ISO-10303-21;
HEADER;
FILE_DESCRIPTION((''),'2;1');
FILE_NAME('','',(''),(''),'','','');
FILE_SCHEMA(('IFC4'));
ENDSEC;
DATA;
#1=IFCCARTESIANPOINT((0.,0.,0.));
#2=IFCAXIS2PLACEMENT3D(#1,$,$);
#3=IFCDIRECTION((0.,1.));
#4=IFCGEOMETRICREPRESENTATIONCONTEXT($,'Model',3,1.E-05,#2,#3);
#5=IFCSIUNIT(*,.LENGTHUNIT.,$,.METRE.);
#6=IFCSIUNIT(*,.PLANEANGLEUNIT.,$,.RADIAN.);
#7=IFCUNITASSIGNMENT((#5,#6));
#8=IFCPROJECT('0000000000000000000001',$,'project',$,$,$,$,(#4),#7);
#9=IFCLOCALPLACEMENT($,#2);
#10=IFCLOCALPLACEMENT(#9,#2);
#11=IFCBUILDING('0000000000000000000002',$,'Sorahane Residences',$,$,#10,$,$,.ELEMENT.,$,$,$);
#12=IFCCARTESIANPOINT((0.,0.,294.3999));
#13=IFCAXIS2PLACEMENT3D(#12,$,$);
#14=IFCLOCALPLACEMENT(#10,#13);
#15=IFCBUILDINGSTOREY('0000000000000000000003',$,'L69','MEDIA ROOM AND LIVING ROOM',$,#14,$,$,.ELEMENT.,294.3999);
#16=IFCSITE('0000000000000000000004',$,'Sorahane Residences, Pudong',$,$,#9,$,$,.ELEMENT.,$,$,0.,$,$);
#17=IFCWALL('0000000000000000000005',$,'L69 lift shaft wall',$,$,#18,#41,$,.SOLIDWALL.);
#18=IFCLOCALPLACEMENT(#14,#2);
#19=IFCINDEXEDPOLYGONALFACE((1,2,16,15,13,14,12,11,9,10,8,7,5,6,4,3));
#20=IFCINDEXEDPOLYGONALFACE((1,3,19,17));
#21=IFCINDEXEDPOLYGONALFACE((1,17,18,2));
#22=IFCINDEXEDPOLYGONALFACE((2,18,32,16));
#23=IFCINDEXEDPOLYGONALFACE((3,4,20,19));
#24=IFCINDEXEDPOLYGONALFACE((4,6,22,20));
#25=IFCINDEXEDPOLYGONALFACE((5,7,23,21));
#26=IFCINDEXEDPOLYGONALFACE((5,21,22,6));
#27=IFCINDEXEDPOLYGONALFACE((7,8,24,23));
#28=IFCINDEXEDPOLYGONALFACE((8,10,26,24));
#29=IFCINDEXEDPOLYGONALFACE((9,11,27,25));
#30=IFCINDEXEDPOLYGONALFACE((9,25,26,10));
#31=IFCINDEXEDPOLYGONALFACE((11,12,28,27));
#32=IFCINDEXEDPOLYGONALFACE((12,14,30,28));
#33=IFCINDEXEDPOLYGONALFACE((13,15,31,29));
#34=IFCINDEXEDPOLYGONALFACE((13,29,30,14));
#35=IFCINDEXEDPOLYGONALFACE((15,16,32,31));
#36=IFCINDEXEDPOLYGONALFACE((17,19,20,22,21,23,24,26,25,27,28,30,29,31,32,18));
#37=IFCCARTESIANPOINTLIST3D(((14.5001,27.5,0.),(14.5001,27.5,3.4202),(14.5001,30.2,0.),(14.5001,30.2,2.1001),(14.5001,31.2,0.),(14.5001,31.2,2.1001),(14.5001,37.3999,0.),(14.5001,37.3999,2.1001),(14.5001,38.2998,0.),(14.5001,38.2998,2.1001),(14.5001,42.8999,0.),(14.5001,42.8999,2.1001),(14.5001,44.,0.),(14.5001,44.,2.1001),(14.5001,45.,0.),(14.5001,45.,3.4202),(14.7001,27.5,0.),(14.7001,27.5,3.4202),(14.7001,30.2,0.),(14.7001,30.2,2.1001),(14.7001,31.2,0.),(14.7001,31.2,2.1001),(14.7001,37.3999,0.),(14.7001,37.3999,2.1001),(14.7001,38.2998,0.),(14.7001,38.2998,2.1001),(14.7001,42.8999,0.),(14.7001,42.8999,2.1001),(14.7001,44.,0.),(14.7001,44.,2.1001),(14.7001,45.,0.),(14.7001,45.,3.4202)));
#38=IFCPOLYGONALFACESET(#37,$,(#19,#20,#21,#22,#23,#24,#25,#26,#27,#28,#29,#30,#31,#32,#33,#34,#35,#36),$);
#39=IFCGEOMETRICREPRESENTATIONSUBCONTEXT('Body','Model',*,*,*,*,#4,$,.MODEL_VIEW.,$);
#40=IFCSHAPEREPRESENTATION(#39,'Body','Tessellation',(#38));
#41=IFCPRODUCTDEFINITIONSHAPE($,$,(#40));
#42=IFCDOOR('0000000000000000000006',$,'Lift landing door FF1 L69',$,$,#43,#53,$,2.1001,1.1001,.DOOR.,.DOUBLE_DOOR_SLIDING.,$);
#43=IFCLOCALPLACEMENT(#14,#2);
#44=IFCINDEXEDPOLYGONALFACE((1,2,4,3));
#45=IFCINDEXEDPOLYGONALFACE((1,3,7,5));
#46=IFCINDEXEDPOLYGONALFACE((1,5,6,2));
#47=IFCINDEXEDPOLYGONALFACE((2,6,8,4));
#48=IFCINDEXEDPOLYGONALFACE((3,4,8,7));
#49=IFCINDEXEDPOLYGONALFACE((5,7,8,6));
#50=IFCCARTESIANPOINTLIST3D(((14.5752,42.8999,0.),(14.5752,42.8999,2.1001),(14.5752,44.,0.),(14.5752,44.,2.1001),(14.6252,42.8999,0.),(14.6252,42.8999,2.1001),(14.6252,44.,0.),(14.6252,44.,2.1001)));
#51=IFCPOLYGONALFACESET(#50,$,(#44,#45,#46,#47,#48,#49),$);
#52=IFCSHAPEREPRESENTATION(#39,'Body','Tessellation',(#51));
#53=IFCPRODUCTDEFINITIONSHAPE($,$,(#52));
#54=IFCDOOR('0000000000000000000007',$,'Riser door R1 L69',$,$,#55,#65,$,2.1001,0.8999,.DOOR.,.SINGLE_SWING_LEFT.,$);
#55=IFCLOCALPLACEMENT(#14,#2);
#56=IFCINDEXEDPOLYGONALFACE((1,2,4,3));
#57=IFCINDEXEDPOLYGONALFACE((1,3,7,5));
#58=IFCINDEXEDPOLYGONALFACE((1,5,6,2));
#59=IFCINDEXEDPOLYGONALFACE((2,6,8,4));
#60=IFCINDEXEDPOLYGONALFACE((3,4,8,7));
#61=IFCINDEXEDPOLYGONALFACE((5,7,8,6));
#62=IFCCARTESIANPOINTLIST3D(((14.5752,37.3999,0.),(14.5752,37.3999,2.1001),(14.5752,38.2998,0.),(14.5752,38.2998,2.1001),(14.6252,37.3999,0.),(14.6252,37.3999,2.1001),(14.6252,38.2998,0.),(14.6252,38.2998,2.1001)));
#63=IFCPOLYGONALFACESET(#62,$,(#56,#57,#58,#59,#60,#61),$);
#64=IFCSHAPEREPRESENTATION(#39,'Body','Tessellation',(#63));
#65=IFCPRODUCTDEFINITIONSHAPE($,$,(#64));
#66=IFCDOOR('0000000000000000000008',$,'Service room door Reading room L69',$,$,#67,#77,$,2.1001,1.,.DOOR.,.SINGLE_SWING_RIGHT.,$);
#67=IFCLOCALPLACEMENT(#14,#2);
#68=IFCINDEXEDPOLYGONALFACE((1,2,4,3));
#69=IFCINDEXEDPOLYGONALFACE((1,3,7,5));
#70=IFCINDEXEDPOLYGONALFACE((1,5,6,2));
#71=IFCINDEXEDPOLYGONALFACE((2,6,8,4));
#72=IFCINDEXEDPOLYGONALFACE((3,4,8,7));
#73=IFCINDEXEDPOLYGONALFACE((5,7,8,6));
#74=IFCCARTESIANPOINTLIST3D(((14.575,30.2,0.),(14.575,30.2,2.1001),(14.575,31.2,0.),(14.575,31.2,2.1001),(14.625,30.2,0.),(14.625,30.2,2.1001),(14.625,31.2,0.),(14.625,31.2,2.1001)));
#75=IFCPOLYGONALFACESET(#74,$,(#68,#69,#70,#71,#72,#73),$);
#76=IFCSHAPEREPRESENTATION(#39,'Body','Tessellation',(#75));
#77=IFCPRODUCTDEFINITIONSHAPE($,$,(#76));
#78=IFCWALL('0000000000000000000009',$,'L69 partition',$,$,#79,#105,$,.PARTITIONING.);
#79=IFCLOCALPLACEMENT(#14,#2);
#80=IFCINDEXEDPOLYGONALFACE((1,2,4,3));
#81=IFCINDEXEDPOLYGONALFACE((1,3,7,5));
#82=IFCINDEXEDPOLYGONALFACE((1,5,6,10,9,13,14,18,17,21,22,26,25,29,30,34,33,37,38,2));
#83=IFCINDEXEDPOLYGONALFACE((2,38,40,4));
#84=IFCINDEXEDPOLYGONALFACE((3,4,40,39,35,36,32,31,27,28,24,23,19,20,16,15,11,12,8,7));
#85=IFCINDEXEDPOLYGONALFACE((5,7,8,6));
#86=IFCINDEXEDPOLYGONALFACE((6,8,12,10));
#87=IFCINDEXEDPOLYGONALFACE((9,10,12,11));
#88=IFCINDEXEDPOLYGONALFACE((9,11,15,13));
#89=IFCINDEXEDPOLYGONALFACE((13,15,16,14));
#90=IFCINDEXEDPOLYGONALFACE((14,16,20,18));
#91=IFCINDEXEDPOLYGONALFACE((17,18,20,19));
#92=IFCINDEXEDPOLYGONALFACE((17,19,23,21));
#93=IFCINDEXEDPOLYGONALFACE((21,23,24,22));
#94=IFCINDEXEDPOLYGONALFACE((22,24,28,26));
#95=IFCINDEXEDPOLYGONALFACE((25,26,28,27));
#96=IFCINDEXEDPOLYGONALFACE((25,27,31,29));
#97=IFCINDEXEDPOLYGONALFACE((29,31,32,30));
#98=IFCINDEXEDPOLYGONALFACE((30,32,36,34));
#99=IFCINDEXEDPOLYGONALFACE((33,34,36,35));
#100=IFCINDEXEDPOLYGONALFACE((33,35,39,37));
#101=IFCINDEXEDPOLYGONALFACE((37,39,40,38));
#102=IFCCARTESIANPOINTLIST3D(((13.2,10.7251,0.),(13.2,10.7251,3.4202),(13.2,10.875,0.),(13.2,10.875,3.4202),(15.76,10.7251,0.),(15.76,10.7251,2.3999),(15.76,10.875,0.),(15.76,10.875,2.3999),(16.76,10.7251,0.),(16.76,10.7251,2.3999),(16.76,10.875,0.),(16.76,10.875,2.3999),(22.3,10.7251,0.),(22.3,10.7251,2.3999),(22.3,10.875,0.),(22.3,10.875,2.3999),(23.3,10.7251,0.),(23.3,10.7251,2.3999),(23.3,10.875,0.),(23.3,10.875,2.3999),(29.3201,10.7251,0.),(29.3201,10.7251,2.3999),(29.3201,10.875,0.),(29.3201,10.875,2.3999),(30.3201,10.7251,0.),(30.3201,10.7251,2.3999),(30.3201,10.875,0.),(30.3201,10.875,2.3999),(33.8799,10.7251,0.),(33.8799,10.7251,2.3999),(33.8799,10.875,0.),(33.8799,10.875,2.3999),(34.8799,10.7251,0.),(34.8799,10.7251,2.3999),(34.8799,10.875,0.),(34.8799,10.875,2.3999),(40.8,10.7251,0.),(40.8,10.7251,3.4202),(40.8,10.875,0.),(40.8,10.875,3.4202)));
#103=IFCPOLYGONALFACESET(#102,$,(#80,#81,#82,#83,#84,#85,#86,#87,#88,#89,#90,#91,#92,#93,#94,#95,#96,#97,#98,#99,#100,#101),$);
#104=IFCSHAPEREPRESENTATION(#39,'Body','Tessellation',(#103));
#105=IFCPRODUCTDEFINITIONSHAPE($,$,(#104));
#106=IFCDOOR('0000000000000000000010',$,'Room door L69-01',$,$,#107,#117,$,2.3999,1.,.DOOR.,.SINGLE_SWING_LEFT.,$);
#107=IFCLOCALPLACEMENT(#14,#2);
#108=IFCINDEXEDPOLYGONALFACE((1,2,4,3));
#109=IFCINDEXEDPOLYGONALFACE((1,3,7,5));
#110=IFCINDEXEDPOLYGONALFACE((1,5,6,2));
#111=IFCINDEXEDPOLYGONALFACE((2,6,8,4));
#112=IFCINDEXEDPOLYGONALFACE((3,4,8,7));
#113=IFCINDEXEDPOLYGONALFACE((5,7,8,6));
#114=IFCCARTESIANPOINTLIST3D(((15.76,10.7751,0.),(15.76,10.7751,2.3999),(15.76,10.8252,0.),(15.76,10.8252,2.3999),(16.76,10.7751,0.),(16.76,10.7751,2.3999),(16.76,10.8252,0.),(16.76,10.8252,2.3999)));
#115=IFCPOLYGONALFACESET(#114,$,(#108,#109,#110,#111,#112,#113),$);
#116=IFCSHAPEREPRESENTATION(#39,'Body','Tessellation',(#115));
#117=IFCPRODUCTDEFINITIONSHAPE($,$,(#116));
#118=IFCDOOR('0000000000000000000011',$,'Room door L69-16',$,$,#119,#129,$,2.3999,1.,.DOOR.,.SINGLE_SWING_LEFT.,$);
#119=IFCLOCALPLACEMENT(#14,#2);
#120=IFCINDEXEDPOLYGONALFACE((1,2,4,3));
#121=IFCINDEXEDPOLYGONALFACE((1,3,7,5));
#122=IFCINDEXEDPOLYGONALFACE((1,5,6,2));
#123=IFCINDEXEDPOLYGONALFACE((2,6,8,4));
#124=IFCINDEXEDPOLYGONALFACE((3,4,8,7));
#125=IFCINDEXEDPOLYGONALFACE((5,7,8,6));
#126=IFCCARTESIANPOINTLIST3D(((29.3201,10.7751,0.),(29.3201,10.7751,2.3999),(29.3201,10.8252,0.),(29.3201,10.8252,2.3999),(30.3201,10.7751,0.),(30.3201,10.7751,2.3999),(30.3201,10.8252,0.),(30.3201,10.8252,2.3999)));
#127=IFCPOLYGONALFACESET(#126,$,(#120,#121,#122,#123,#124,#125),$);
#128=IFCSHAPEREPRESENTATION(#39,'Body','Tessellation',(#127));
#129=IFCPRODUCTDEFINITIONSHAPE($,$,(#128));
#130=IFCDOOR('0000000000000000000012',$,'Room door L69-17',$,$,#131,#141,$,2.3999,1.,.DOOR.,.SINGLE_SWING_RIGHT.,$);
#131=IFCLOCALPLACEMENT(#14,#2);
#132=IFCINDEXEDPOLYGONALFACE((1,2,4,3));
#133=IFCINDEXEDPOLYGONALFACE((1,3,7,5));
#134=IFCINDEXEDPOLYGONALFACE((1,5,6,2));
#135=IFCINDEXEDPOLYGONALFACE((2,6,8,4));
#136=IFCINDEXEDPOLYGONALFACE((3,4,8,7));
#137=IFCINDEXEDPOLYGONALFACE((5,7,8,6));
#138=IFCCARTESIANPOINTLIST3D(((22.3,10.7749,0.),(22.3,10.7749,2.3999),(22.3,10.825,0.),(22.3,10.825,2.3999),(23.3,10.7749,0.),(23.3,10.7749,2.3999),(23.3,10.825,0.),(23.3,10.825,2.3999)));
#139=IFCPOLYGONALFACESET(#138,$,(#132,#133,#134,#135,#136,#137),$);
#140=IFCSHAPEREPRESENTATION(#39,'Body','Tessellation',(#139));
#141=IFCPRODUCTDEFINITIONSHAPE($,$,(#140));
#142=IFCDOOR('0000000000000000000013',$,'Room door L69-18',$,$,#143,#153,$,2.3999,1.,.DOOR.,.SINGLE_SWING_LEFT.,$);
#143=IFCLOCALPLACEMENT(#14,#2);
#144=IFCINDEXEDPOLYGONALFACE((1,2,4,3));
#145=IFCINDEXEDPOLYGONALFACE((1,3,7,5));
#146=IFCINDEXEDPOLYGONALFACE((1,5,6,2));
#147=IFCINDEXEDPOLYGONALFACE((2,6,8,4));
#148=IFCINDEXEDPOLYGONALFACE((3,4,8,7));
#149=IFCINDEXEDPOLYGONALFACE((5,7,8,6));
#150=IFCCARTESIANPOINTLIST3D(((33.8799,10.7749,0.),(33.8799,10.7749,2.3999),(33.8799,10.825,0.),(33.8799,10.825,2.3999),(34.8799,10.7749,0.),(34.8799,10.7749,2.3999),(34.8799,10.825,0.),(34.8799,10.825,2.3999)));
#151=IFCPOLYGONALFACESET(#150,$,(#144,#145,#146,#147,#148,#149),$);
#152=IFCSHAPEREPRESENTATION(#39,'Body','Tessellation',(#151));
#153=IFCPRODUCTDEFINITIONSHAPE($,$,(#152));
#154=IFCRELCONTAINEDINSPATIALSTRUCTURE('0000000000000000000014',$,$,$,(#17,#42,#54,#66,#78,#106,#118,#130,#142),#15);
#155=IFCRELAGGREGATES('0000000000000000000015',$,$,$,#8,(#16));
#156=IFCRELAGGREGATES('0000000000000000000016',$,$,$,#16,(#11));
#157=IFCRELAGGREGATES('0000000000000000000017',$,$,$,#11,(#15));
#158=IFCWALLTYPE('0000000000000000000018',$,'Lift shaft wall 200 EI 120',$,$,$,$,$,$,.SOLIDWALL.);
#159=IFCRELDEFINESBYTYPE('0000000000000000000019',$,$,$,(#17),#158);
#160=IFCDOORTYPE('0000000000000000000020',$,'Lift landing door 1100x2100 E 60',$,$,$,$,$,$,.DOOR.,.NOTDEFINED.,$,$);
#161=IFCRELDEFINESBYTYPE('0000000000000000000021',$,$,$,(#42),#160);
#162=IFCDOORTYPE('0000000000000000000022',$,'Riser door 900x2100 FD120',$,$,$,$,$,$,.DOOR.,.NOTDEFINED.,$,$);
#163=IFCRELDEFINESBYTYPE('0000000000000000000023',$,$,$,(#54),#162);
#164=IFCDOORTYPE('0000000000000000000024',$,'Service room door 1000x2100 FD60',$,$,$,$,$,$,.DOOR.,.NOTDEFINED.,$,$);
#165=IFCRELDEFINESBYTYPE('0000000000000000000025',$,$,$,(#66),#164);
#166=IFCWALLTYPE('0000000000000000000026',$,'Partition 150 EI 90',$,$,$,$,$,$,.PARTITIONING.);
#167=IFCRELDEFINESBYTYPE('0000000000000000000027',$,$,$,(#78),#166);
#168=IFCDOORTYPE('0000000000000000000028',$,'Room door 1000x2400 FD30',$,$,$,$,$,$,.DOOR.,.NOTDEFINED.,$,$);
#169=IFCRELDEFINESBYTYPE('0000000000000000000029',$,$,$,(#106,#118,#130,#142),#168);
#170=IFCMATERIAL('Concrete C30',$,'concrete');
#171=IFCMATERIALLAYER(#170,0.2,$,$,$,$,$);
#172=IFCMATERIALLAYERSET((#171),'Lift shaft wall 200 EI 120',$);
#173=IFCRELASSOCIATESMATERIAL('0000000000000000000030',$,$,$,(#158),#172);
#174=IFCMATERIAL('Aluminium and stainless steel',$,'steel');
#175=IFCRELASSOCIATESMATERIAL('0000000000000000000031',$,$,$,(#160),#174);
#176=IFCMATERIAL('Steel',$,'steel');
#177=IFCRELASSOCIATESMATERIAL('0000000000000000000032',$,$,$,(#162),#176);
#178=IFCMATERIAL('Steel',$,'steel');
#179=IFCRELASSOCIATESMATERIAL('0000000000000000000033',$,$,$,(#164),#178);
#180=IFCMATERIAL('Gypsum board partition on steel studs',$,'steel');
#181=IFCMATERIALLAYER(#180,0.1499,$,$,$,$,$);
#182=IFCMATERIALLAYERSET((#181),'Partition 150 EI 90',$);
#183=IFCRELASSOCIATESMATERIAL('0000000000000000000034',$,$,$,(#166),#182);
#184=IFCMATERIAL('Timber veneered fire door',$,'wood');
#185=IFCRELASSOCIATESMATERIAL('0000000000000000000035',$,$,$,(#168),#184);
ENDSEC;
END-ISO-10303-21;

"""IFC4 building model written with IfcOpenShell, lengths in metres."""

from ifc_helpers import new_model, si_unit, direction, frame, frame_2d, origin, place, context, subcontext, project, spatial, rectangle, extrude, material, layer, layer_set, type_object, element, fill, save


model = new_model("IFC4")

# Units and contexts
model_context = context("Model", 3, precision=1e-05, world=origin(), true_north=direction((0.0, 1.0)))
body_context = subcontext(model_context, "Body", "Model", "MODEL_VIEW")
ifc_project = project(units=[si_unit("LENGTHUNIT", "METRE"), si_unit("PLANEANGLEUNIT", "RADIAN")], contexts=[model_context])

# Site, building, storey
site_placement = place(None, origin())
site = spatial("IfcSite", under=ifc_project, at=site_placement, Name="Sorahane Residences, Pudong", CompositionType="ELEMENT", RefElevation=0.0)
building_placement = place(site_placement, origin())
building = spatial("IfcBuilding", under=site, at=building_placement, Name="Sorahane Residences", CompositionType="ELEMENT")
storey_placement = place(building_placement, frame((0.0, 0.0, 294.3999)))
storey = spatial("IfcBuildingStorey", under=building, at=storey_placement, Name="L69", Description="MEDIA ROOM AND LIVING ROOM", CompositionType="ELEMENT", Elevation=294.3999)

# Walls, openings, doors
ifc_material_1 = material(Name="Concrete C30", Category="concrete")
ifc_layer_1 = layer(ifc_material_1, 0.2)
ifc_layer_set_1 = layer_set([ifc_layer_1], Name="Lift shaft wall 200 EI 120")
wall_type_1 = type_object("IfcWallType", Name="Lift shaft wall 200 EI 120", PredefinedType="SOLIDWALL", material=ifc_layer_set_1)
wall_1_placement = place(storey_placement, frame((14.6001, 27.5, 0.0), z_axis=(0.0, 0.0, 1.0), x_axis=(0.0, 1.0, 0.0)))
wall_1 = element("IfcWall", 1, at=wall_1_placement, inside=storey, type_object=wall_type_1, Name="L69 lift shaft wall", PredefinedType="SOLIDWALL", context=body_context, shape_type="SweptSolid", body=[
    extrude(rectangle(XDim=17.5, YDim=0.2, at=frame_2d((8.75, 0.0))), origin(), (0.0, 0.0, 1.0), 3.4202),
])
opening_1_placement = place(wall_1_placement, frame((15.3999, 0.0, 0.0)))
opening_1 = element("IfcOpeningElement", 2, at=opening_1_placement, cuts=wall_1, PredefinedType="OPENING", context=body_context, shape_type="SweptSolid", body=[
    extrude(rectangle(XDim=1.1001, YDim=2.1001, at=frame_2d((0.55, 1.05))), frame((0.0, 0.1099, 0.0), z_axis=(0.0, -1.0, 0.0), x_axis=(1.0, 0.0, 0.0)), (0.0, 0.0, 1.0), 0.22),
])
opening_2_placement = place(wall_1_placement, frame((2.7, 0.0, 0.0)))
opening_2 = element("IfcOpeningElement", 3, at=opening_2_placement, cuts=wall_1, PredefinedType="OPENING", context=body_context, shape_type="SweptSolid", body=[
    extrude(rectangle(XDim=1.0, YDim=2.1001, at=frame_2d((0.5, 1.05))), frame((0.0, 0.1099, 0.0), z_axis=(0.0, -1.0, 0.0), x_axis=(1.0, 0.0, 0.0)), (0.0, 0.0, 1.0), 0.22),
])
opening_3_placement = place(wall_1_placement, frame((9.8999, 0.0, 0.0)))
opening_3 = element("IfcOpeningElement", 4, at=opening_3_placement, cuts=wall_1, PredefinedType="OPENING", context=body_context, shape_type="SweptSolid", body=[
    extrude(rectangle(XDim=0.8999, YDim=2.1001, at=frame_2d((0.45, 1.05))), frame((0.0, 0.1099, 0.0), z_axis=(0.0, -1.0, 0.0), x_axis=(1.0, 0.0, 0.0)), (0.0, 0.0, 1.0), 0.22),
])
ifc_material_2 = material(Name="Aluminium and stainless steel", Category="steel")
door_type_1 = type_object("IfcDoorType", Name="Lift landing door 1100x2100 E 60", OperationType="NOTDEFINED", PredefinedType="DOOR", material=ifc_material_2)
door_1_placement = place(opening_1_placement, origin())
door_1 = element("IfcDoor", 5, at=door_1_placement, inside=storey, type_object=door_type_1, Name="Lift landing door FF1 L69", OperationType="DOUBLE_DOOR_SLIDING", OverallHeight=2.1001, OverallWidth=1.1001, PredefinedType="DOOR", context=body_context, shape_type="SweptSolid", body=[
    extrude(rectangle(XDim=1.1001, YDim=2.1001, at=frame_2d((0.55, 1.05))), frame((0.0, 0.0249, 0.0), z_axis=(0.0, -1.0, 0.0), x_axis=(1.0, 0.0, 0.0)), (0.0, 0.0, 1.0), 0.05),
])
fill(opening_1, door_1)
ifc_material_3 = material(Name="Steel", Category="steel")
door_type_2 = type_object("IfcDoorType", Name="Riser door 900x2100 FD120", OperationType="NOTDEFINED", PredefinedType="DOOR", material=ifc_material_3)
door_2_placement = place(opening_3_placement, origin())
door_2 = element("IfcDoor", 6, at=door_2_placement, inside=storey, type_object=door_type_2, Name="Riser door R1 L69", OperationType="SINGLE_SWING_LEFT", OverallHeight=2.1001, OverallWidth=0.8999, PredefinedType="DOOR", context=body_context, shape_type="SweptSolid", body=[
    extrude(rectangle(XDim=0.8999, YDim=2.1001, at=frame_2d((0.45, 1.05))), frame((0.0, 0.0249, 0.0), z_axis=(0.0, -1.0, 0.0), x_axis=(1.0, 0.0, 0.0)), (0.0, 0.0, 1.0), 0.05),
])
fill(opening_3, door_2)
ifc_material_4 = material(Name="Steel", Category="steel")
door_type_3 = type_object("IfcDoorType", Name="Service room door 1000x2100 FD60", OperationType="NOTDEFINED", PredefinedType="DOOR", material=ifc_material_4)
door_3_placement = place(opening_2_placement, frame((1.0, 0.0, 0.0), z_axis=(0.0, 0.0, 1.0), x_axis=(-1.0, 0.0, 0.0)))
door_3 = element("IfcDoor", 7, at=door_3_placement, inside=storey, type_object=door_type_3, Name="Service room door Reading room L69", OperationType="SINGLE_SWING_RIGHT", OverallHeight=2.1001, OverallWidth=1.0, PredefinedType="DOOR", context=body_context, shape_type="SweptSolid", body=[
    extrude(rectangle(XDim=1.0, YDim=2.1001, at=frame_2d((0.5, 1.05))), frame((0.0, 0.0249, 0.0), z_axis=(0.0, -1.0, 0.0), x_axis=(1.0, 0.0, 0.0)), (0.0, 0.0, 1.0), 0.05),
])
fill(opening_2, door_3)
ifc_material_5 = material(Name="Gypsum board partition on steel studs", Category="steel")
ifc_layer_2 = layer(ifc_material_5, 0.1499)
ifc_layer_set_2 = layer_set([ifc_layer_2], Name="Partition 150 EI 90")
wall_type_2 = type_object("IfcWallType", Name="Partition 150 EI 90", PredefinedType="PARTITIONING", material=ifc_layer_set_2)
wall_2_placement = place(storey_placement, frame((13.2, 10.8, 0.0), z_axis=(0.0, 0.0, 1.0), x_axis=(1.0, 0.0, 0.0)))
wall_2 = element("IfcWall", 8, at=wall_2_placement, inside=storey, type_object=wall_type_2, Name="L69 partition", PredefinedType="PARTITIONING", context=body_context, shape_type="SweptSolid", body=[
    extrude(rectangle(XDim=27.6001, YDim=0.1499, at=frame_2d((13.8, 0.0))), origin(), (0.0, 0.0, 1.0), 3.4202),
])
opening_4_placement = place(wall_2_placement, frame((2.5601, 0.0, 0.0)))
opening_4 = element("IfcOpeningElement", 9, at=opening_4_placement, cuts=wall_2, PredefinedType="OPENING", context=body_context, shape_type="SweptSolid", body=[
    extrude(rectangle(XDim=1.0, YDim=2.3999, at=frame_2d((0.5, 1.2))), frame((0.0, 0.085, 0.0), z_axis=(0.0, -1.0, 0.0), x_axis=(1.0, 0.0, 0.0)), (0.0, 0.0, 1.0), 0.1699),
])
opening_5_placement = place(wall_2_placement, frame((16.1201, 0.0, 0.0)))
opening_5 = element("IfcOpeningElement", 10, at=opening_5_placement, cuts=wall_2, PredefinedType="OPENING", context=body_context, shape_type="SweptSolid", body=[
    extrude(rectangle(XDim=1.0, YDim=2.3999, at=frame_2d((0.5, 1.2))), frame((0.0, 0.085, 0.0), z_axis=(0.0, -1.0, 0.0), x_axis=(1.0, 0.0, 0.0)), (0.0, 0.0, 1.0), 0.1699),
])
opening_6_placement = place(wall_2_placement, frame((9.1001, 0.0, 0.0)))
opening_6 = element("IfcOpeningElement", 11, at=opening_6_placement, cuts=wall_2, PredefinedType="OPENING", context=body_context, shape_type="SweptSolid", body=[
    extrude(rectangle(XDim=1.0, YDim=2.3999, at=frame_2d((0.5, 1.2))), frame((0.0, 0.085, 0.0), z_axis=(0.0, -1.0, 0.0), x_axis=(1.0, 0.0, 0.0)), (0.0, 0.0, 1.0), 0.1699),
])
opening_7_placement = place(wall_2_placement, frame((20.6799, 0.0, 0.0)))
opening_7 = element("IfcOpeningElement", 12, at=opening_7_placement, cuts=wall_2, PredefinedType="OPENING", context=body_context, shape_type="SweptSolid", body=[
    extrude(rectangle(XDim=1.0, YDim=2.3999, at=frame_2d((0.5, 1.2))), frame((0.0, 0.085, 0.0), z_axis=(0.0, -1.0, 0.0), x_axis=(1.0, 0.0, 0.0)), (0.0, 0.0, 1.0), 0.1699),
])
ifc_material_6 = material(Name="Timber veneered fire door", Category="wood")
door_type_4 = type_object("IfcDoorType", Name="Room door 1000x2400 FD30", OperationType="NOTDEFINED", PredefinedType="DOOR", material=ifc_material_6)
door_4_placement = place(opening_4_placement, frame((1.0, 0.0, 0.0), z_axis=(0.0, 0.0, 1.0), x_axis=(-1.0, 0.0, 0.0)))
door_4 = element("IfcDoor", 13, at=door_4_placement, inside=storey, type_object=door_type_4, Name="Room door L69-01", OperationType="SINGLE_SWING_LEFT", OverallHeight=2.3999, OverallWidth=1.0, PredefinedType="DOOR", context=body_context, shape_type="SweptSolid", body=[
    extrude(rectangle(XDim=1.0, YDim=2.3999, at=frame_2d((0.5, 1.2))), frame((0.0, 0.0249, 0.0), z_axis=(0.0, -1.0, 0.0), x_axis=(1.0, 0.0, 0.0)), (0.0, 0.0, 1.0), 0.05),
])
fill(opening_4, door_4)
door_5_placement = place(opening_5_placement, frame((1.0, 0.0, 0.0), z_axis=(0.0, 0.0, 1.0), x_axis=(-1.0, 0.0, 0.0)))
door_5 = element("IfcDoor", 14, at=door_5_placement, inside=storey, type_object=door_type_4, Name="Room door L69-16", OperationType="SINGLE_SWING_LEFT", OverallHeight=2.3999, OverallWidth=1.0, PredefinedType="DOOR", context=body_context, shape_type="SweptSolid", body=[
    extrude(rectangle(XDim=1.0, YDim=2.3999, at=frame_2d((0.5, 1.2))), frame((0.0, 0.0249, 0.0), z_axis=(0.0, -1.0, 0.0), x_axis=(1.0, 0.0, 0.0)), (0.0, 0.0, 1.0), 0.05),
])
fill(opening_5, door_5)
door_6_placement = place(opening_6_placement, origin())
door_6 = element("IfcDoor", 15, at=door_6_placement, inside=storey, type_object=door_type_4, Name="Room door L69-17", OperationType="SINGLE_SWING_RIGHT", OverallHeight=2.3999, OverallWidth=1.0, PredefinedType="DOOR", context=body_context, shape_type="SweptSolid", body=[
    extrude(rectangle(XDim=1.0, YDim=2.3999, at=frame_2d((0.5, 1.2))), frame((0.0, 0.0249, 0.0), z_axis=(0.0, -1.0, 0.0), x_axis=(1.0, 0.0, 0.0)), (0.0, 0.0, 1.0), 0.05),
])
fill(opening_6, door_6)
door_7_placement = place(opening_7_placement, origin())
door_7 = element("IfcDoor", 16, at=door_7_placement, inside=storey, type_object=door_type_4, Name="Room door L69-18", OperationType="SINGLE_SWING_LEFT", OverallHeight=2.3999, OverallWidth=1.0, PredefinedType="DOOR", context=body_context, shape_type="SweptSolid", body=[
    extrude(rectangle(XDim=1.0, YDim=2.3999, at=frame_2d((0.5, 1.2))), frame((0.0, 0.0249, 0.0), z_axis=(0.0, -1.0, 0.0), x_axis=(1.0, 0.0, 0.0)), (0.0, 0.0, 1.0), 0.05),
])
fill(opening_7, door_7)

save(model, "model.ifc")
